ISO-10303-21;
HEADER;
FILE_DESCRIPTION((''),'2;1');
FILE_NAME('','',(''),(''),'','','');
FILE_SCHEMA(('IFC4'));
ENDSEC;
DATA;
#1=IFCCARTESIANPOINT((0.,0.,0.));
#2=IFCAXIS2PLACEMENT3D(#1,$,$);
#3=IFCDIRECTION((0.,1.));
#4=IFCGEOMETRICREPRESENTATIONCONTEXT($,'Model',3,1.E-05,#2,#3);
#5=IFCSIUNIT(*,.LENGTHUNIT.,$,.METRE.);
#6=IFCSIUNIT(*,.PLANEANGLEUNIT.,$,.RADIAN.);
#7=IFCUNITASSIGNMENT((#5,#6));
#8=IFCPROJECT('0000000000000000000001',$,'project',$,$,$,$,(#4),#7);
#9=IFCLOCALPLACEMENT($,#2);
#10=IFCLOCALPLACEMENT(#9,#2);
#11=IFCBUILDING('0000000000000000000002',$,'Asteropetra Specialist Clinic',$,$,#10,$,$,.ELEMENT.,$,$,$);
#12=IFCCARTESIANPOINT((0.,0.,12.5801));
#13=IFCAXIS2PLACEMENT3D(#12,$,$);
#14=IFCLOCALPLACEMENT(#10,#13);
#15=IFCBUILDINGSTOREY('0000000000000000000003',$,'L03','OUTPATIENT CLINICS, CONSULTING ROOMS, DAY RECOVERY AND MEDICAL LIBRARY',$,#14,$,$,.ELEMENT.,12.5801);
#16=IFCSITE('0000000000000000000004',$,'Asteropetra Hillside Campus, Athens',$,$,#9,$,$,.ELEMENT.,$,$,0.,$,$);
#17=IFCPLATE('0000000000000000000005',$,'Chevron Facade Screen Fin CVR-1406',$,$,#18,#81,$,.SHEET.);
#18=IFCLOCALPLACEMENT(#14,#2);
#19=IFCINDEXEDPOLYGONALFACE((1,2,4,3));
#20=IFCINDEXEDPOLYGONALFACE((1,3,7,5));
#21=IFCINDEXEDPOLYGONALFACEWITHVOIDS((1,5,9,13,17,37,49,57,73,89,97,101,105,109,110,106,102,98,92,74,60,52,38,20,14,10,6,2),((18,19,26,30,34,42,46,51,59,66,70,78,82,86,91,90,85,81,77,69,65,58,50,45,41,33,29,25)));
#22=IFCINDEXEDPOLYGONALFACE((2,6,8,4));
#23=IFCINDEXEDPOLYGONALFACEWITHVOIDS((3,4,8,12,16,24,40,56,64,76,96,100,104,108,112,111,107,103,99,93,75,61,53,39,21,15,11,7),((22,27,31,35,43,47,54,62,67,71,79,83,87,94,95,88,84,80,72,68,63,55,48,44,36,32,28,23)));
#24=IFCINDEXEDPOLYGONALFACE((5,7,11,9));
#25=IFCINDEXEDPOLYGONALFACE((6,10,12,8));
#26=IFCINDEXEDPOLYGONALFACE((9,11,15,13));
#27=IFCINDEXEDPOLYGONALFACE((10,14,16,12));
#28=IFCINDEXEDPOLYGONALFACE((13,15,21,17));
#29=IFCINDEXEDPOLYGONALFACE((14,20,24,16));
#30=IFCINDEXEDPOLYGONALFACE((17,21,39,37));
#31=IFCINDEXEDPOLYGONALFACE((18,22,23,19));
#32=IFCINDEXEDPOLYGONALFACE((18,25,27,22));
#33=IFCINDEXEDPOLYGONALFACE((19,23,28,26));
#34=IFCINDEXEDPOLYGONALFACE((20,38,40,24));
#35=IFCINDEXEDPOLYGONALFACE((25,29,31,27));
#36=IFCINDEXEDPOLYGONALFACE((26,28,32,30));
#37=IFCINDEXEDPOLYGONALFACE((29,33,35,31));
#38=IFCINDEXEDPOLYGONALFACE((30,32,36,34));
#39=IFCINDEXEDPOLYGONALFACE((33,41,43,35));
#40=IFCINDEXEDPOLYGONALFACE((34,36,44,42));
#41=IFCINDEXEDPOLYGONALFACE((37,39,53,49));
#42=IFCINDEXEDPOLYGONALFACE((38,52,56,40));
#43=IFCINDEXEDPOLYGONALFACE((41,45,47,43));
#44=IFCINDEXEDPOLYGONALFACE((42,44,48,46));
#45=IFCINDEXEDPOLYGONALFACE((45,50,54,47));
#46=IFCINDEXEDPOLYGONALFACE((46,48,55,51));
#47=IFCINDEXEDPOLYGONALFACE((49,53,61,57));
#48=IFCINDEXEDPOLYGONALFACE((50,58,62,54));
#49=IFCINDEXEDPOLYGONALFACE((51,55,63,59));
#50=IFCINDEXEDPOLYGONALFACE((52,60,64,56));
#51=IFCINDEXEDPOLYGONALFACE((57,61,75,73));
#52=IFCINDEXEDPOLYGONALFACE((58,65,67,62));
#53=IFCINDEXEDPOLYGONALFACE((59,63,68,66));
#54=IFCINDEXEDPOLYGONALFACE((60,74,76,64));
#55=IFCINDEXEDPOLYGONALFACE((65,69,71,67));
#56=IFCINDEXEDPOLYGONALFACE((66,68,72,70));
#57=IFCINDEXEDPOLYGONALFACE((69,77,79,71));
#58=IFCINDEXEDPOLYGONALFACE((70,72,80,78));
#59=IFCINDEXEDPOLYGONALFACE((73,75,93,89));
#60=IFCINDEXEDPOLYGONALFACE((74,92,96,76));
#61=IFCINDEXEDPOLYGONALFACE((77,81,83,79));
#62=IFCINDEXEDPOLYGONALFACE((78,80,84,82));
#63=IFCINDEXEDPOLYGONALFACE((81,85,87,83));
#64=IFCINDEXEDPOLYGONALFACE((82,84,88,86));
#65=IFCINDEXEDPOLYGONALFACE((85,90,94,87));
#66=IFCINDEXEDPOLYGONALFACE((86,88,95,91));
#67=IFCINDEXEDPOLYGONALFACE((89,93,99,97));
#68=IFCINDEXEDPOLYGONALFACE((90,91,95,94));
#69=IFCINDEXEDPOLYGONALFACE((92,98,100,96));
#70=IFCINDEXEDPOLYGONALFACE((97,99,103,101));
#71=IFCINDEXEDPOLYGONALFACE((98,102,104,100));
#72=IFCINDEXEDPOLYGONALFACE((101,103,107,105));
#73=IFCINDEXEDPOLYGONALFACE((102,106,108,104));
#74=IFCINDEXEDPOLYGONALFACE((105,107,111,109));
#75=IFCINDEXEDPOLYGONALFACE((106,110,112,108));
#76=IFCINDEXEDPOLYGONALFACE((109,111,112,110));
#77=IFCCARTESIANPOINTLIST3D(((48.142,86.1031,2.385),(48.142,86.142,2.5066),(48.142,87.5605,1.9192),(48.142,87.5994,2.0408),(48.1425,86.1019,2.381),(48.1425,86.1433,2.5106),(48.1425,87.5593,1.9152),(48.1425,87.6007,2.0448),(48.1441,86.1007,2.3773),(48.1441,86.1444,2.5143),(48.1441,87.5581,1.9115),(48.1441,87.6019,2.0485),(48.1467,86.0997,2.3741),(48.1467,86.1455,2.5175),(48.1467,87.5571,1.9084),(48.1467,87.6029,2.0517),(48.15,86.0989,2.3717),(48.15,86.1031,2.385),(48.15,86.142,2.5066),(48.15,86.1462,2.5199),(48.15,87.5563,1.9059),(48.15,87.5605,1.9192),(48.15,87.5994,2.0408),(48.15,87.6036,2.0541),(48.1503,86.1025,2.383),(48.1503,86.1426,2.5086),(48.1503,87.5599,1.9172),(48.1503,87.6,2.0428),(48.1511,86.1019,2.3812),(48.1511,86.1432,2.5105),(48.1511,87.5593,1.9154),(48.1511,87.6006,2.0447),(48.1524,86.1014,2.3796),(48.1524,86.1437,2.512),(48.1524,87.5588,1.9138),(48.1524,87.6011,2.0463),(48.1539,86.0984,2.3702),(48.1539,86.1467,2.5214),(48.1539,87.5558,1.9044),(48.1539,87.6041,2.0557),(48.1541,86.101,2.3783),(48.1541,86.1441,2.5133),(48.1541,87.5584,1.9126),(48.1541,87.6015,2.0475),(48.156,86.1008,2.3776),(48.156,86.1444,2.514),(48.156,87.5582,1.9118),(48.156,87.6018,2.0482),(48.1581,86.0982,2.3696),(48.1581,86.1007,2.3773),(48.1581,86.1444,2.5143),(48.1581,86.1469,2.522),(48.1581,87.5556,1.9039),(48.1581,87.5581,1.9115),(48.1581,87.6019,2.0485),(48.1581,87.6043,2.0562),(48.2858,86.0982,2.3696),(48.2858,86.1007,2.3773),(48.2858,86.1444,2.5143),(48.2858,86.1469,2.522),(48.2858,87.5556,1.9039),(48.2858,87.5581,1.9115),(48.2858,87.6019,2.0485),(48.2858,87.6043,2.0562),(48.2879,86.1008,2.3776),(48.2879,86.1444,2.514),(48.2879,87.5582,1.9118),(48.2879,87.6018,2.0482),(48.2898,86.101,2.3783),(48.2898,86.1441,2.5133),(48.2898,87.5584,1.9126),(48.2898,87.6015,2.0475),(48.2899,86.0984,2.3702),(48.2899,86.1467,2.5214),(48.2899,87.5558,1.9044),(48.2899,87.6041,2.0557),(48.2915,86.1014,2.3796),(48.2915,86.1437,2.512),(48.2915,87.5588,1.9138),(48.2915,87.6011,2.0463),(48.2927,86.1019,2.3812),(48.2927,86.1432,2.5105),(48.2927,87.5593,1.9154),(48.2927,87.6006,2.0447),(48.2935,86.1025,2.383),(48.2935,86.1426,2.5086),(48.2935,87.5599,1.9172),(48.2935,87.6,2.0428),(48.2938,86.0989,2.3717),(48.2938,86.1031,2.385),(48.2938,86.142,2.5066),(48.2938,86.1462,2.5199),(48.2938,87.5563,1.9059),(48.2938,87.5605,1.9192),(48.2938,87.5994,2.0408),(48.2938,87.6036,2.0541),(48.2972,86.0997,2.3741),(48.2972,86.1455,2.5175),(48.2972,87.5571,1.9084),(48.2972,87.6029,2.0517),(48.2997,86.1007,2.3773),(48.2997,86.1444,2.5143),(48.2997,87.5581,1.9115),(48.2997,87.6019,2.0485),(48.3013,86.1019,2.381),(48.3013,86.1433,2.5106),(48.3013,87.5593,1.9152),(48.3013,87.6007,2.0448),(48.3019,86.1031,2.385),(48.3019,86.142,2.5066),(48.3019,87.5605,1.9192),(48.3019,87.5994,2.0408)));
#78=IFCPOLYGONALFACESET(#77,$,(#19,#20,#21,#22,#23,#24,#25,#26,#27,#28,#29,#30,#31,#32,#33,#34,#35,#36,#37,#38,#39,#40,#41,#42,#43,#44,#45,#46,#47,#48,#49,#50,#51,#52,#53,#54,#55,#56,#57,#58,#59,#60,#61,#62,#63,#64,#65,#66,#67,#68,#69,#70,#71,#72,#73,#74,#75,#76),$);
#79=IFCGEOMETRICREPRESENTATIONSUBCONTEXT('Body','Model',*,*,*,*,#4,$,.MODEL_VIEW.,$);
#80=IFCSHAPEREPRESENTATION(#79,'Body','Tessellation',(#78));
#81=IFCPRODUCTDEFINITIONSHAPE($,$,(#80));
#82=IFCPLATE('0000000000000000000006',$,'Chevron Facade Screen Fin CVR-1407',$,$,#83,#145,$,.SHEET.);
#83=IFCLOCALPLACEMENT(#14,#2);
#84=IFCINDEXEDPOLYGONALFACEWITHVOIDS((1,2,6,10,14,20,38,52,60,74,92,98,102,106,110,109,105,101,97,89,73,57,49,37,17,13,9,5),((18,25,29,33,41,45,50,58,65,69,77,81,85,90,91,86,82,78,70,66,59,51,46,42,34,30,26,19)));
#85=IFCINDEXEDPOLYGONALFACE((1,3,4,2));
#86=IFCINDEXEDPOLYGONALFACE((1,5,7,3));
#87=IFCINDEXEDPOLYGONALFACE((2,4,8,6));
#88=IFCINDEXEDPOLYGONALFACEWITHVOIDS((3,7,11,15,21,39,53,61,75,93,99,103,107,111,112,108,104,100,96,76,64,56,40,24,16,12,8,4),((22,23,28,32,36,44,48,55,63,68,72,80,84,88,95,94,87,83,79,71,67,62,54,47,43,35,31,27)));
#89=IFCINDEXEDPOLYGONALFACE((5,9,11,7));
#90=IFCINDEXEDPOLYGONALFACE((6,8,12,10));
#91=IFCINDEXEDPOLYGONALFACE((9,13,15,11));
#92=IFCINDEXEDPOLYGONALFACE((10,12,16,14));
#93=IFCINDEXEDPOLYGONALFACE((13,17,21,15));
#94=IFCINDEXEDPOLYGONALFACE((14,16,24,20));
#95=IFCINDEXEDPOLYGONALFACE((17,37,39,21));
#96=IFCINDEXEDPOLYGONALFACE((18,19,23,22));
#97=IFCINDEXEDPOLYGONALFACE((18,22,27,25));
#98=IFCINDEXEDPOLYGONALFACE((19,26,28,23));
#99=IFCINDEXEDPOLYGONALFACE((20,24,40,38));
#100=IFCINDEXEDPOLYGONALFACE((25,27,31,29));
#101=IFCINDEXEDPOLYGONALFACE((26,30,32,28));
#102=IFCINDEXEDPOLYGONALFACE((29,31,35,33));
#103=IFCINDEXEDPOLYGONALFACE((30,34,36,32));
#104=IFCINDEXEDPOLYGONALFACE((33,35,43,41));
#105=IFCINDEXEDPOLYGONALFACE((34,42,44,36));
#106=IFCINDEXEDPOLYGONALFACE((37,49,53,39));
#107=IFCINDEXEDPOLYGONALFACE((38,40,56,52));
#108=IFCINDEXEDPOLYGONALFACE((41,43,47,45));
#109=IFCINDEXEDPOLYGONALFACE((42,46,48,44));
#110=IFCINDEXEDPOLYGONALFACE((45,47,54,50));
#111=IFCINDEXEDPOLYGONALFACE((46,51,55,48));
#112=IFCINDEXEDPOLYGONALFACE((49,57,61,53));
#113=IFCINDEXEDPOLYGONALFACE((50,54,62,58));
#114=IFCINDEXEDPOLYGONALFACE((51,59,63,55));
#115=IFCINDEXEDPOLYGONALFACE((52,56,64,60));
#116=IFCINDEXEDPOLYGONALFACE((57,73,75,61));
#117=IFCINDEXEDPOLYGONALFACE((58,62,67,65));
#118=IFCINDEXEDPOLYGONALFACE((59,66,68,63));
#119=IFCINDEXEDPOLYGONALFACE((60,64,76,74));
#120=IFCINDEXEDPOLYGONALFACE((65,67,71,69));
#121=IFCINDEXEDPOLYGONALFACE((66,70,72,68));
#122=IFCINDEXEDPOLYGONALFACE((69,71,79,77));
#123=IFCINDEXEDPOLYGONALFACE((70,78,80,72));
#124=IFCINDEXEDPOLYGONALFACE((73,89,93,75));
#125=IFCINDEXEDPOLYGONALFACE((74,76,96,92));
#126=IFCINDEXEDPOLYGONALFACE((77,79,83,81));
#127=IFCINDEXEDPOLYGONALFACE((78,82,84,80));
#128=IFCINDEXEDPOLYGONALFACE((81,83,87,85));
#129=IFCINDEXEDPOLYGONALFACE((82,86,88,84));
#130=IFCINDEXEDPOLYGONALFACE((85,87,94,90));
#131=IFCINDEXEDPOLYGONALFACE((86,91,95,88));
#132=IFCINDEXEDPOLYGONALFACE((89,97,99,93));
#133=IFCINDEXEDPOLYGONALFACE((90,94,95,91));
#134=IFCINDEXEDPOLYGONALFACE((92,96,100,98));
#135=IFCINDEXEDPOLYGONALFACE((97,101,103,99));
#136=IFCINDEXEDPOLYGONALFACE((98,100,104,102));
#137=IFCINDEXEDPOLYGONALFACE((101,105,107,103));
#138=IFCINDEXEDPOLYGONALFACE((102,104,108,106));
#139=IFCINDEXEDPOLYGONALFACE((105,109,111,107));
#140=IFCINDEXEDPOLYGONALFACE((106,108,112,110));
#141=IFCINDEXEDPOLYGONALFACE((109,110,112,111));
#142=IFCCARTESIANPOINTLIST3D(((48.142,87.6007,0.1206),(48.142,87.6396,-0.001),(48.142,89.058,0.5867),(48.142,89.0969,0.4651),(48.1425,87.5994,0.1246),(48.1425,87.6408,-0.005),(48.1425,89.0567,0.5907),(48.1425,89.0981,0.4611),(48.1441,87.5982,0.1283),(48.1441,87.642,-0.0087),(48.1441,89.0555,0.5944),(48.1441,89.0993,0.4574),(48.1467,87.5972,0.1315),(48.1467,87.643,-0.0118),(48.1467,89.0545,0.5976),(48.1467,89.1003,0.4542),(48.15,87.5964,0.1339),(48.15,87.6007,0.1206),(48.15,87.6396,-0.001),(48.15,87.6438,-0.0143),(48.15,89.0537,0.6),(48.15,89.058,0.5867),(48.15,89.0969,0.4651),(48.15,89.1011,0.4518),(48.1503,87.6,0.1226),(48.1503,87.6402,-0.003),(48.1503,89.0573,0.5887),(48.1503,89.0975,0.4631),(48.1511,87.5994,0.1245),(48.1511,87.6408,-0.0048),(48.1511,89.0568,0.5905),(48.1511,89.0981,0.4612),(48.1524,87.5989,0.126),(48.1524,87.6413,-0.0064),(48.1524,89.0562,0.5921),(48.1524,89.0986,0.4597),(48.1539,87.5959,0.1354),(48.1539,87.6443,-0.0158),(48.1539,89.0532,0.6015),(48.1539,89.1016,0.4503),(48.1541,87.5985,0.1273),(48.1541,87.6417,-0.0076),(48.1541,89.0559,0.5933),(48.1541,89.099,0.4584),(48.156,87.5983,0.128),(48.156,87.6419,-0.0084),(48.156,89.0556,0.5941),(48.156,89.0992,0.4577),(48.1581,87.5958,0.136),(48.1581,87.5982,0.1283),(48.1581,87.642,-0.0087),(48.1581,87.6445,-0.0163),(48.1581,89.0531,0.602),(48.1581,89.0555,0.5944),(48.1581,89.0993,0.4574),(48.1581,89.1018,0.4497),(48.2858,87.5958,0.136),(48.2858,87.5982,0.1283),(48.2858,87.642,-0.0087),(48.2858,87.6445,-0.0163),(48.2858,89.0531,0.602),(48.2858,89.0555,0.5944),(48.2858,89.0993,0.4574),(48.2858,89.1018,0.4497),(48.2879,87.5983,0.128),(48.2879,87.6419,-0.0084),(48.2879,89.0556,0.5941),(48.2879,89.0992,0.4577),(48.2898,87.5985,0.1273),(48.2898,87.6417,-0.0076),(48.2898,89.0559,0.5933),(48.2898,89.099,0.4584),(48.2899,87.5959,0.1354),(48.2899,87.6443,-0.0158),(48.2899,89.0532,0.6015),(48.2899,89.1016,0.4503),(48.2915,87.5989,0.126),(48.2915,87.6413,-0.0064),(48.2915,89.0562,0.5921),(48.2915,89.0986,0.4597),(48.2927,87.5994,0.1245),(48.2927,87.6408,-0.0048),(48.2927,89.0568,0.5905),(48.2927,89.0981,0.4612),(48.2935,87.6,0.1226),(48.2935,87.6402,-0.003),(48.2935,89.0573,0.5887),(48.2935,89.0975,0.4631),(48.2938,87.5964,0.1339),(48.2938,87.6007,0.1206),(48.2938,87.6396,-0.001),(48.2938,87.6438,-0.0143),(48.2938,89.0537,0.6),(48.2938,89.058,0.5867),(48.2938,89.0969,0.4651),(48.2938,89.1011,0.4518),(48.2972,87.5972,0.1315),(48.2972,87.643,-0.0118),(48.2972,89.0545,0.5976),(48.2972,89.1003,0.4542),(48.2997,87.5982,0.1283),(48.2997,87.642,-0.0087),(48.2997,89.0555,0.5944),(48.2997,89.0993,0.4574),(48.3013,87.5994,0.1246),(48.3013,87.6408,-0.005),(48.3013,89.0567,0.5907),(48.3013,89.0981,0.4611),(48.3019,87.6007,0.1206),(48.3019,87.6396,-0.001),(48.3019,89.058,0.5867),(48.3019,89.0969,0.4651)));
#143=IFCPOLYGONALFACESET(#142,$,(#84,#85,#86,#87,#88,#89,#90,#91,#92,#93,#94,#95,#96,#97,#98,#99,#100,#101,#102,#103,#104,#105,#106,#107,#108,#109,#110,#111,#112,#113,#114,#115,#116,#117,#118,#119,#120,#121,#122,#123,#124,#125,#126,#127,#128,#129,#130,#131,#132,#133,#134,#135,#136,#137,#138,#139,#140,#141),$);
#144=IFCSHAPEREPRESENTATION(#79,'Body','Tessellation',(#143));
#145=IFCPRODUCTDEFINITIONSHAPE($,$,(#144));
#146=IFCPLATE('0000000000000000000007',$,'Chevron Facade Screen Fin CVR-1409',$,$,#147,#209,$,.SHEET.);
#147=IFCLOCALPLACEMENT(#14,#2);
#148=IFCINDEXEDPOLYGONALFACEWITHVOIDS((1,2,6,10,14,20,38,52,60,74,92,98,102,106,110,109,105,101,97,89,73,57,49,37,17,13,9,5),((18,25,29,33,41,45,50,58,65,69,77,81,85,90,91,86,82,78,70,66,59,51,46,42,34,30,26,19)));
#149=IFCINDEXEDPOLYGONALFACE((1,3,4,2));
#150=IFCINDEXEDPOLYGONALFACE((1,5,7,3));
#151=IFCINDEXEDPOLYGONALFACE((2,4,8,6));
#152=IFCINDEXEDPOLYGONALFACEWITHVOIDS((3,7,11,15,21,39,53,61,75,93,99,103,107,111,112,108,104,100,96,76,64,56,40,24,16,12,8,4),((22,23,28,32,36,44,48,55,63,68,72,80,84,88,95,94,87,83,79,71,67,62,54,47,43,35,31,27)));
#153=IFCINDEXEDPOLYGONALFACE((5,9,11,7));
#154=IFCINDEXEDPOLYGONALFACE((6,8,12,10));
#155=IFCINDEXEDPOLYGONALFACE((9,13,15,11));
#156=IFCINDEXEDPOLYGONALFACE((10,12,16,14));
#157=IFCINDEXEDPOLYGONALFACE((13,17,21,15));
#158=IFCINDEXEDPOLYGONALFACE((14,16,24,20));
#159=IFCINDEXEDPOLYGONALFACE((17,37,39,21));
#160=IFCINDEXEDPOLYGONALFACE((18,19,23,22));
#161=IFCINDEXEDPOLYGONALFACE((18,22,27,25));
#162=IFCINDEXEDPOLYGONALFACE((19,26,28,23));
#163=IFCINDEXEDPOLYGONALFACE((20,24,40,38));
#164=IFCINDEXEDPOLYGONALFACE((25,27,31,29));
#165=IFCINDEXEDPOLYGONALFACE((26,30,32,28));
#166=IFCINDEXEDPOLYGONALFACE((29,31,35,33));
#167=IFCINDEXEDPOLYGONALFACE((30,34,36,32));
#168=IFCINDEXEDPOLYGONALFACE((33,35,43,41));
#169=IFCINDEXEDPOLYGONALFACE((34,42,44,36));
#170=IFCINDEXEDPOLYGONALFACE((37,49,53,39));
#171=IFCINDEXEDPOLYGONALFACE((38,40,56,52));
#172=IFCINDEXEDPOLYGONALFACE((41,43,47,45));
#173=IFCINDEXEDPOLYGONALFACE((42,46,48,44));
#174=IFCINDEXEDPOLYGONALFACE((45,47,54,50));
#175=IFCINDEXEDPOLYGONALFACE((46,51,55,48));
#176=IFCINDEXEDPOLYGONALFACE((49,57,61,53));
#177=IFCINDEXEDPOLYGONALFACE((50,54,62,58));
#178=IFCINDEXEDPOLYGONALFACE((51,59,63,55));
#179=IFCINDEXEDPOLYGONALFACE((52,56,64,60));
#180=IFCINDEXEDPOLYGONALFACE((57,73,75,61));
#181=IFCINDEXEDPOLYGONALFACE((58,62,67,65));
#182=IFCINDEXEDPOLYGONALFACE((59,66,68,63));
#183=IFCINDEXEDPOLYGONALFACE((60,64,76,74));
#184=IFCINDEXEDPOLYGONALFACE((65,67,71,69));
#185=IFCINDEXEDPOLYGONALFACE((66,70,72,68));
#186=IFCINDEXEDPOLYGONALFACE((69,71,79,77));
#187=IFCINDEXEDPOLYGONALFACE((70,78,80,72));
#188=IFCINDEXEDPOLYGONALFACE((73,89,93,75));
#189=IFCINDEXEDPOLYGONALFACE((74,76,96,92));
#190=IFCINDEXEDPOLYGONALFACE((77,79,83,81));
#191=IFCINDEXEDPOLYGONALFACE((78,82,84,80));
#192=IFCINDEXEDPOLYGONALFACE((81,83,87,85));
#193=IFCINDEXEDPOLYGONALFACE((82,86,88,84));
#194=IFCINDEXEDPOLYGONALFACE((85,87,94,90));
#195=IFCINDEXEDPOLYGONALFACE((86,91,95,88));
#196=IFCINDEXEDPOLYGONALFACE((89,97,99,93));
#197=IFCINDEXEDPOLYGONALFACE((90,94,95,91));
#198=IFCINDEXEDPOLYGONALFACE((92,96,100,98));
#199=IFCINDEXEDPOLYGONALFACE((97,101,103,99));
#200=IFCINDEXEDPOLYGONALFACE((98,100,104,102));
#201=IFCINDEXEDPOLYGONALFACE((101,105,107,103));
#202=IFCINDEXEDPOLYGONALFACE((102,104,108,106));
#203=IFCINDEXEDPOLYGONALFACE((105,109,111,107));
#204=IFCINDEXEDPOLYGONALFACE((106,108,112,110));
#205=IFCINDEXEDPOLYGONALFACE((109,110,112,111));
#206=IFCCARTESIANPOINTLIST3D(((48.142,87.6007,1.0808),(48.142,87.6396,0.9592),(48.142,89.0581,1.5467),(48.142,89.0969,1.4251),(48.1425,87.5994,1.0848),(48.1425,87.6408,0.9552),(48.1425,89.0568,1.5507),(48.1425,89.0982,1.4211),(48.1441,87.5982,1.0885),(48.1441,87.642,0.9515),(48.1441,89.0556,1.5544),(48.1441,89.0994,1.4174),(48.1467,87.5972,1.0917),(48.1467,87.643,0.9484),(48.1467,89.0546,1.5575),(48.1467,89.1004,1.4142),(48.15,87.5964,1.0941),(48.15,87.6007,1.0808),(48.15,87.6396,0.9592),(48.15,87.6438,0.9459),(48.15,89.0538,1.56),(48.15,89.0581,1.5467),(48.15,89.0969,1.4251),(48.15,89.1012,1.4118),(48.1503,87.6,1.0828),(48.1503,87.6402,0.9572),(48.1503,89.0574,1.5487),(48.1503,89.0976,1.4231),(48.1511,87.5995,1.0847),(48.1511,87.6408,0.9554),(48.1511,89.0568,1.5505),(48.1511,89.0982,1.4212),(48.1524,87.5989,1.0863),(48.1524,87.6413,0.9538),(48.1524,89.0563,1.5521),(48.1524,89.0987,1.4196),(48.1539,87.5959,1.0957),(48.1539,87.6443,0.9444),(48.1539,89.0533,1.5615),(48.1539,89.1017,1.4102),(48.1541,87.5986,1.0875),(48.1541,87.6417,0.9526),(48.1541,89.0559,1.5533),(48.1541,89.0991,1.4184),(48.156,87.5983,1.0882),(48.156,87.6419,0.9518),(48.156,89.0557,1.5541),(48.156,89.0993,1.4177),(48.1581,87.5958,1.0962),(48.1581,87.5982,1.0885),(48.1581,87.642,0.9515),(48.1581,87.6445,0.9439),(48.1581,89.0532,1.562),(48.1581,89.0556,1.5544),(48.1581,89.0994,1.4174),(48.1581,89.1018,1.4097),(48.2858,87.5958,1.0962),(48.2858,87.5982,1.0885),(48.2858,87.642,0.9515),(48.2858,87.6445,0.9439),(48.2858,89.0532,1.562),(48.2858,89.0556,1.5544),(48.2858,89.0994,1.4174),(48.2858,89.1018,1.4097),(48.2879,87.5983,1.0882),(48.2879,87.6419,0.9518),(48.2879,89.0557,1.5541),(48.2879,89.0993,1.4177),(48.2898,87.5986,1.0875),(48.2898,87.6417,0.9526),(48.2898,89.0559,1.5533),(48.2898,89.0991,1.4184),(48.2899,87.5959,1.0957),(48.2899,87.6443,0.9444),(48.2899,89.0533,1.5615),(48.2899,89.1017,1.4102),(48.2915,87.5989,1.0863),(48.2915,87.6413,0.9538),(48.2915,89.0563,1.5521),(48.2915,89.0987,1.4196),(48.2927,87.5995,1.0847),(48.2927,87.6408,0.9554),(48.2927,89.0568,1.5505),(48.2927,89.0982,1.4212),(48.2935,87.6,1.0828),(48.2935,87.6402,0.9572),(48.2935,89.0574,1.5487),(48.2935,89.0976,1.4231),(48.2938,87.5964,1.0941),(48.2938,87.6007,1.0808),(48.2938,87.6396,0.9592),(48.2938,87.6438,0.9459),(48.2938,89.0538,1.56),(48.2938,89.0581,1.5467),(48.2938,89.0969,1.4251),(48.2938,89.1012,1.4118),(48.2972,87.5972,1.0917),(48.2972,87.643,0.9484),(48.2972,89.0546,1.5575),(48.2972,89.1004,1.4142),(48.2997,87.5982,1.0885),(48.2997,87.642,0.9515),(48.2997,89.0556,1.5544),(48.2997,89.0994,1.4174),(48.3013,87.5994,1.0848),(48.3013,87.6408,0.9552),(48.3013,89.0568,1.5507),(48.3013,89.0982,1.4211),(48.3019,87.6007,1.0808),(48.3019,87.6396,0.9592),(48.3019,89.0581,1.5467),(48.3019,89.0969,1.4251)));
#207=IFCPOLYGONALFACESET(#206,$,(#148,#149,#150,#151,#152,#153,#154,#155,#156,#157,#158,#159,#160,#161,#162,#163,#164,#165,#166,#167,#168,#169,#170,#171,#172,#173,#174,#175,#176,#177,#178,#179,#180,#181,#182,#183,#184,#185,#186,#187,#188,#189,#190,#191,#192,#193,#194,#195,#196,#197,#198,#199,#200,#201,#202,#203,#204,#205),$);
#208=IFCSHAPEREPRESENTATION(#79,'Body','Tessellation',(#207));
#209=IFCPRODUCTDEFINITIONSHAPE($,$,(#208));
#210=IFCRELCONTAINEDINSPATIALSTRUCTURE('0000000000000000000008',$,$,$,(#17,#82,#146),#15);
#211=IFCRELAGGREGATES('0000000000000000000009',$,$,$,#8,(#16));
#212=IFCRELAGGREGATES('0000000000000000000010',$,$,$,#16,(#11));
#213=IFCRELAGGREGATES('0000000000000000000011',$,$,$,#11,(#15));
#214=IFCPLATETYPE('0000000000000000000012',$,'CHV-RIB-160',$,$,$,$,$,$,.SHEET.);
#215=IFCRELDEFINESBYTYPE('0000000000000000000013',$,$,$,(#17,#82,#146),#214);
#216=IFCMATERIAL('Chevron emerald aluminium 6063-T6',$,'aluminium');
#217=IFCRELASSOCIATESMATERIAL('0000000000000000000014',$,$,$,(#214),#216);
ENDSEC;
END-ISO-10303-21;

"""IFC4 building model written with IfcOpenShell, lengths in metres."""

from ifc_helpers import new_model, si_unit, direction, frame, origin, origin_2d, place, context, subcontext, project, spatial, hollow_rectangle, extrude, material, material_profile, profile_set, type_object, element, save


model = new_model("IFC4")

# Units and contexts
model_context = context("Model", 3, precision=1e-05, world=origin(), true_north=direction((0.0, 1.0)))
body_context = subcontext(model_context, "Body", "Model", "MODEL_VIEW")
ifc_project = project(units=[si_unit("LENGTHUNIT", "METRE"), si_unit("PLANEANGLEUNIT", "RADIAN")], contexts=[model_context])

# Site, building, storey
site_placement = place(None, origin())
site = spatial("IfcSite", under=ifc_project, at=site_placement, Name="Asteropetra Hillside Campus, Athens", CompositionType="ELEMENT", RefElevation=0.0)
building_placement = place(site_placement, origin())
building = spatial("IfcBuilding", under=site, at=building_placement, Name="Asteropetra Specialist Clinic", CompositionType="ELEMENT")
storey_placement = place(building_placement, frame((0.0, 0.0, 12.5801)))
storey = spatial("IfcBuildingStorey", under=building, at=storey_placement, Name="L03", Description="OUTPATIENT CLINICS, CONSULTING ROOMS, DAY RECOVERY AND MEDICAL LIBRARY", CompositionType="ELEMENT", Elevation=12.5801)

# Plates
ifc_material_1 = material(Name="Chevron emerald aluminium 6063-T6", Category="aluminium")
ifc_material_profile_1 = material_profile(ifc_material_1, hollow_rectangle(XDim=0.1599, YDim=0.1599, WallThickness=0.0081, InnerFilletRadius=0.0081, OuterFilletRadius=0.0161, at=origin_2d()), Name="SHS 160x160x8.0")
ifc_profile_set_1 = profile_set([ifc_material_profile_1], Name="Chevron emerald aluminium 6063-T6")
plate_type_1 = type_object("IfcPlateType", Name="CHV-RIB-160", PredefinedType="SHEET", material=ifc_profile_set_1)
for number, where, z_axis, x_axis, name in (
    (1, (48.2219, 86.1226, 2.4458), (0.0, 0.952535, -0.304428), (-1.0, 0.0, 0.0), "Chevron Facade Screen Fin CVR-1406"),
    (2, (48.2219, 87.6201, 0.0598), (0.0, 0.952474, 0.304619), (-1.0, 0.0, 0.0), "Chevron Facade Screen Fin CVR-1407"),
    (3, (48.2219, 87.6201, 1.02), (0.0, 0.95252, 0.304475), (-1.0, 0.0, 0.0), "Chevron Facade Screen Fin CVR-1409"),
):
    element("IfcPlate", number, at=place(storey_placement, frame(where, z_axis=z_axis, x_axis=x_axis)), inside=storey, type_object=plate_type_1, Name=name, PredefinedType="SHEET", context=body_context, shape_type="SweptSolid", body=[
        extrude(hollow_rectangle(XDim=0.1599, YDim=0.1599, WallThickness=0.0081, InnerFilletRadius=0.0081, OuterFilletRadius=0.0161, at=origin_2d()), origin(), (0.0, 0.0, 1.0), 1.53),
    ])

save(model, "model.ifc")
